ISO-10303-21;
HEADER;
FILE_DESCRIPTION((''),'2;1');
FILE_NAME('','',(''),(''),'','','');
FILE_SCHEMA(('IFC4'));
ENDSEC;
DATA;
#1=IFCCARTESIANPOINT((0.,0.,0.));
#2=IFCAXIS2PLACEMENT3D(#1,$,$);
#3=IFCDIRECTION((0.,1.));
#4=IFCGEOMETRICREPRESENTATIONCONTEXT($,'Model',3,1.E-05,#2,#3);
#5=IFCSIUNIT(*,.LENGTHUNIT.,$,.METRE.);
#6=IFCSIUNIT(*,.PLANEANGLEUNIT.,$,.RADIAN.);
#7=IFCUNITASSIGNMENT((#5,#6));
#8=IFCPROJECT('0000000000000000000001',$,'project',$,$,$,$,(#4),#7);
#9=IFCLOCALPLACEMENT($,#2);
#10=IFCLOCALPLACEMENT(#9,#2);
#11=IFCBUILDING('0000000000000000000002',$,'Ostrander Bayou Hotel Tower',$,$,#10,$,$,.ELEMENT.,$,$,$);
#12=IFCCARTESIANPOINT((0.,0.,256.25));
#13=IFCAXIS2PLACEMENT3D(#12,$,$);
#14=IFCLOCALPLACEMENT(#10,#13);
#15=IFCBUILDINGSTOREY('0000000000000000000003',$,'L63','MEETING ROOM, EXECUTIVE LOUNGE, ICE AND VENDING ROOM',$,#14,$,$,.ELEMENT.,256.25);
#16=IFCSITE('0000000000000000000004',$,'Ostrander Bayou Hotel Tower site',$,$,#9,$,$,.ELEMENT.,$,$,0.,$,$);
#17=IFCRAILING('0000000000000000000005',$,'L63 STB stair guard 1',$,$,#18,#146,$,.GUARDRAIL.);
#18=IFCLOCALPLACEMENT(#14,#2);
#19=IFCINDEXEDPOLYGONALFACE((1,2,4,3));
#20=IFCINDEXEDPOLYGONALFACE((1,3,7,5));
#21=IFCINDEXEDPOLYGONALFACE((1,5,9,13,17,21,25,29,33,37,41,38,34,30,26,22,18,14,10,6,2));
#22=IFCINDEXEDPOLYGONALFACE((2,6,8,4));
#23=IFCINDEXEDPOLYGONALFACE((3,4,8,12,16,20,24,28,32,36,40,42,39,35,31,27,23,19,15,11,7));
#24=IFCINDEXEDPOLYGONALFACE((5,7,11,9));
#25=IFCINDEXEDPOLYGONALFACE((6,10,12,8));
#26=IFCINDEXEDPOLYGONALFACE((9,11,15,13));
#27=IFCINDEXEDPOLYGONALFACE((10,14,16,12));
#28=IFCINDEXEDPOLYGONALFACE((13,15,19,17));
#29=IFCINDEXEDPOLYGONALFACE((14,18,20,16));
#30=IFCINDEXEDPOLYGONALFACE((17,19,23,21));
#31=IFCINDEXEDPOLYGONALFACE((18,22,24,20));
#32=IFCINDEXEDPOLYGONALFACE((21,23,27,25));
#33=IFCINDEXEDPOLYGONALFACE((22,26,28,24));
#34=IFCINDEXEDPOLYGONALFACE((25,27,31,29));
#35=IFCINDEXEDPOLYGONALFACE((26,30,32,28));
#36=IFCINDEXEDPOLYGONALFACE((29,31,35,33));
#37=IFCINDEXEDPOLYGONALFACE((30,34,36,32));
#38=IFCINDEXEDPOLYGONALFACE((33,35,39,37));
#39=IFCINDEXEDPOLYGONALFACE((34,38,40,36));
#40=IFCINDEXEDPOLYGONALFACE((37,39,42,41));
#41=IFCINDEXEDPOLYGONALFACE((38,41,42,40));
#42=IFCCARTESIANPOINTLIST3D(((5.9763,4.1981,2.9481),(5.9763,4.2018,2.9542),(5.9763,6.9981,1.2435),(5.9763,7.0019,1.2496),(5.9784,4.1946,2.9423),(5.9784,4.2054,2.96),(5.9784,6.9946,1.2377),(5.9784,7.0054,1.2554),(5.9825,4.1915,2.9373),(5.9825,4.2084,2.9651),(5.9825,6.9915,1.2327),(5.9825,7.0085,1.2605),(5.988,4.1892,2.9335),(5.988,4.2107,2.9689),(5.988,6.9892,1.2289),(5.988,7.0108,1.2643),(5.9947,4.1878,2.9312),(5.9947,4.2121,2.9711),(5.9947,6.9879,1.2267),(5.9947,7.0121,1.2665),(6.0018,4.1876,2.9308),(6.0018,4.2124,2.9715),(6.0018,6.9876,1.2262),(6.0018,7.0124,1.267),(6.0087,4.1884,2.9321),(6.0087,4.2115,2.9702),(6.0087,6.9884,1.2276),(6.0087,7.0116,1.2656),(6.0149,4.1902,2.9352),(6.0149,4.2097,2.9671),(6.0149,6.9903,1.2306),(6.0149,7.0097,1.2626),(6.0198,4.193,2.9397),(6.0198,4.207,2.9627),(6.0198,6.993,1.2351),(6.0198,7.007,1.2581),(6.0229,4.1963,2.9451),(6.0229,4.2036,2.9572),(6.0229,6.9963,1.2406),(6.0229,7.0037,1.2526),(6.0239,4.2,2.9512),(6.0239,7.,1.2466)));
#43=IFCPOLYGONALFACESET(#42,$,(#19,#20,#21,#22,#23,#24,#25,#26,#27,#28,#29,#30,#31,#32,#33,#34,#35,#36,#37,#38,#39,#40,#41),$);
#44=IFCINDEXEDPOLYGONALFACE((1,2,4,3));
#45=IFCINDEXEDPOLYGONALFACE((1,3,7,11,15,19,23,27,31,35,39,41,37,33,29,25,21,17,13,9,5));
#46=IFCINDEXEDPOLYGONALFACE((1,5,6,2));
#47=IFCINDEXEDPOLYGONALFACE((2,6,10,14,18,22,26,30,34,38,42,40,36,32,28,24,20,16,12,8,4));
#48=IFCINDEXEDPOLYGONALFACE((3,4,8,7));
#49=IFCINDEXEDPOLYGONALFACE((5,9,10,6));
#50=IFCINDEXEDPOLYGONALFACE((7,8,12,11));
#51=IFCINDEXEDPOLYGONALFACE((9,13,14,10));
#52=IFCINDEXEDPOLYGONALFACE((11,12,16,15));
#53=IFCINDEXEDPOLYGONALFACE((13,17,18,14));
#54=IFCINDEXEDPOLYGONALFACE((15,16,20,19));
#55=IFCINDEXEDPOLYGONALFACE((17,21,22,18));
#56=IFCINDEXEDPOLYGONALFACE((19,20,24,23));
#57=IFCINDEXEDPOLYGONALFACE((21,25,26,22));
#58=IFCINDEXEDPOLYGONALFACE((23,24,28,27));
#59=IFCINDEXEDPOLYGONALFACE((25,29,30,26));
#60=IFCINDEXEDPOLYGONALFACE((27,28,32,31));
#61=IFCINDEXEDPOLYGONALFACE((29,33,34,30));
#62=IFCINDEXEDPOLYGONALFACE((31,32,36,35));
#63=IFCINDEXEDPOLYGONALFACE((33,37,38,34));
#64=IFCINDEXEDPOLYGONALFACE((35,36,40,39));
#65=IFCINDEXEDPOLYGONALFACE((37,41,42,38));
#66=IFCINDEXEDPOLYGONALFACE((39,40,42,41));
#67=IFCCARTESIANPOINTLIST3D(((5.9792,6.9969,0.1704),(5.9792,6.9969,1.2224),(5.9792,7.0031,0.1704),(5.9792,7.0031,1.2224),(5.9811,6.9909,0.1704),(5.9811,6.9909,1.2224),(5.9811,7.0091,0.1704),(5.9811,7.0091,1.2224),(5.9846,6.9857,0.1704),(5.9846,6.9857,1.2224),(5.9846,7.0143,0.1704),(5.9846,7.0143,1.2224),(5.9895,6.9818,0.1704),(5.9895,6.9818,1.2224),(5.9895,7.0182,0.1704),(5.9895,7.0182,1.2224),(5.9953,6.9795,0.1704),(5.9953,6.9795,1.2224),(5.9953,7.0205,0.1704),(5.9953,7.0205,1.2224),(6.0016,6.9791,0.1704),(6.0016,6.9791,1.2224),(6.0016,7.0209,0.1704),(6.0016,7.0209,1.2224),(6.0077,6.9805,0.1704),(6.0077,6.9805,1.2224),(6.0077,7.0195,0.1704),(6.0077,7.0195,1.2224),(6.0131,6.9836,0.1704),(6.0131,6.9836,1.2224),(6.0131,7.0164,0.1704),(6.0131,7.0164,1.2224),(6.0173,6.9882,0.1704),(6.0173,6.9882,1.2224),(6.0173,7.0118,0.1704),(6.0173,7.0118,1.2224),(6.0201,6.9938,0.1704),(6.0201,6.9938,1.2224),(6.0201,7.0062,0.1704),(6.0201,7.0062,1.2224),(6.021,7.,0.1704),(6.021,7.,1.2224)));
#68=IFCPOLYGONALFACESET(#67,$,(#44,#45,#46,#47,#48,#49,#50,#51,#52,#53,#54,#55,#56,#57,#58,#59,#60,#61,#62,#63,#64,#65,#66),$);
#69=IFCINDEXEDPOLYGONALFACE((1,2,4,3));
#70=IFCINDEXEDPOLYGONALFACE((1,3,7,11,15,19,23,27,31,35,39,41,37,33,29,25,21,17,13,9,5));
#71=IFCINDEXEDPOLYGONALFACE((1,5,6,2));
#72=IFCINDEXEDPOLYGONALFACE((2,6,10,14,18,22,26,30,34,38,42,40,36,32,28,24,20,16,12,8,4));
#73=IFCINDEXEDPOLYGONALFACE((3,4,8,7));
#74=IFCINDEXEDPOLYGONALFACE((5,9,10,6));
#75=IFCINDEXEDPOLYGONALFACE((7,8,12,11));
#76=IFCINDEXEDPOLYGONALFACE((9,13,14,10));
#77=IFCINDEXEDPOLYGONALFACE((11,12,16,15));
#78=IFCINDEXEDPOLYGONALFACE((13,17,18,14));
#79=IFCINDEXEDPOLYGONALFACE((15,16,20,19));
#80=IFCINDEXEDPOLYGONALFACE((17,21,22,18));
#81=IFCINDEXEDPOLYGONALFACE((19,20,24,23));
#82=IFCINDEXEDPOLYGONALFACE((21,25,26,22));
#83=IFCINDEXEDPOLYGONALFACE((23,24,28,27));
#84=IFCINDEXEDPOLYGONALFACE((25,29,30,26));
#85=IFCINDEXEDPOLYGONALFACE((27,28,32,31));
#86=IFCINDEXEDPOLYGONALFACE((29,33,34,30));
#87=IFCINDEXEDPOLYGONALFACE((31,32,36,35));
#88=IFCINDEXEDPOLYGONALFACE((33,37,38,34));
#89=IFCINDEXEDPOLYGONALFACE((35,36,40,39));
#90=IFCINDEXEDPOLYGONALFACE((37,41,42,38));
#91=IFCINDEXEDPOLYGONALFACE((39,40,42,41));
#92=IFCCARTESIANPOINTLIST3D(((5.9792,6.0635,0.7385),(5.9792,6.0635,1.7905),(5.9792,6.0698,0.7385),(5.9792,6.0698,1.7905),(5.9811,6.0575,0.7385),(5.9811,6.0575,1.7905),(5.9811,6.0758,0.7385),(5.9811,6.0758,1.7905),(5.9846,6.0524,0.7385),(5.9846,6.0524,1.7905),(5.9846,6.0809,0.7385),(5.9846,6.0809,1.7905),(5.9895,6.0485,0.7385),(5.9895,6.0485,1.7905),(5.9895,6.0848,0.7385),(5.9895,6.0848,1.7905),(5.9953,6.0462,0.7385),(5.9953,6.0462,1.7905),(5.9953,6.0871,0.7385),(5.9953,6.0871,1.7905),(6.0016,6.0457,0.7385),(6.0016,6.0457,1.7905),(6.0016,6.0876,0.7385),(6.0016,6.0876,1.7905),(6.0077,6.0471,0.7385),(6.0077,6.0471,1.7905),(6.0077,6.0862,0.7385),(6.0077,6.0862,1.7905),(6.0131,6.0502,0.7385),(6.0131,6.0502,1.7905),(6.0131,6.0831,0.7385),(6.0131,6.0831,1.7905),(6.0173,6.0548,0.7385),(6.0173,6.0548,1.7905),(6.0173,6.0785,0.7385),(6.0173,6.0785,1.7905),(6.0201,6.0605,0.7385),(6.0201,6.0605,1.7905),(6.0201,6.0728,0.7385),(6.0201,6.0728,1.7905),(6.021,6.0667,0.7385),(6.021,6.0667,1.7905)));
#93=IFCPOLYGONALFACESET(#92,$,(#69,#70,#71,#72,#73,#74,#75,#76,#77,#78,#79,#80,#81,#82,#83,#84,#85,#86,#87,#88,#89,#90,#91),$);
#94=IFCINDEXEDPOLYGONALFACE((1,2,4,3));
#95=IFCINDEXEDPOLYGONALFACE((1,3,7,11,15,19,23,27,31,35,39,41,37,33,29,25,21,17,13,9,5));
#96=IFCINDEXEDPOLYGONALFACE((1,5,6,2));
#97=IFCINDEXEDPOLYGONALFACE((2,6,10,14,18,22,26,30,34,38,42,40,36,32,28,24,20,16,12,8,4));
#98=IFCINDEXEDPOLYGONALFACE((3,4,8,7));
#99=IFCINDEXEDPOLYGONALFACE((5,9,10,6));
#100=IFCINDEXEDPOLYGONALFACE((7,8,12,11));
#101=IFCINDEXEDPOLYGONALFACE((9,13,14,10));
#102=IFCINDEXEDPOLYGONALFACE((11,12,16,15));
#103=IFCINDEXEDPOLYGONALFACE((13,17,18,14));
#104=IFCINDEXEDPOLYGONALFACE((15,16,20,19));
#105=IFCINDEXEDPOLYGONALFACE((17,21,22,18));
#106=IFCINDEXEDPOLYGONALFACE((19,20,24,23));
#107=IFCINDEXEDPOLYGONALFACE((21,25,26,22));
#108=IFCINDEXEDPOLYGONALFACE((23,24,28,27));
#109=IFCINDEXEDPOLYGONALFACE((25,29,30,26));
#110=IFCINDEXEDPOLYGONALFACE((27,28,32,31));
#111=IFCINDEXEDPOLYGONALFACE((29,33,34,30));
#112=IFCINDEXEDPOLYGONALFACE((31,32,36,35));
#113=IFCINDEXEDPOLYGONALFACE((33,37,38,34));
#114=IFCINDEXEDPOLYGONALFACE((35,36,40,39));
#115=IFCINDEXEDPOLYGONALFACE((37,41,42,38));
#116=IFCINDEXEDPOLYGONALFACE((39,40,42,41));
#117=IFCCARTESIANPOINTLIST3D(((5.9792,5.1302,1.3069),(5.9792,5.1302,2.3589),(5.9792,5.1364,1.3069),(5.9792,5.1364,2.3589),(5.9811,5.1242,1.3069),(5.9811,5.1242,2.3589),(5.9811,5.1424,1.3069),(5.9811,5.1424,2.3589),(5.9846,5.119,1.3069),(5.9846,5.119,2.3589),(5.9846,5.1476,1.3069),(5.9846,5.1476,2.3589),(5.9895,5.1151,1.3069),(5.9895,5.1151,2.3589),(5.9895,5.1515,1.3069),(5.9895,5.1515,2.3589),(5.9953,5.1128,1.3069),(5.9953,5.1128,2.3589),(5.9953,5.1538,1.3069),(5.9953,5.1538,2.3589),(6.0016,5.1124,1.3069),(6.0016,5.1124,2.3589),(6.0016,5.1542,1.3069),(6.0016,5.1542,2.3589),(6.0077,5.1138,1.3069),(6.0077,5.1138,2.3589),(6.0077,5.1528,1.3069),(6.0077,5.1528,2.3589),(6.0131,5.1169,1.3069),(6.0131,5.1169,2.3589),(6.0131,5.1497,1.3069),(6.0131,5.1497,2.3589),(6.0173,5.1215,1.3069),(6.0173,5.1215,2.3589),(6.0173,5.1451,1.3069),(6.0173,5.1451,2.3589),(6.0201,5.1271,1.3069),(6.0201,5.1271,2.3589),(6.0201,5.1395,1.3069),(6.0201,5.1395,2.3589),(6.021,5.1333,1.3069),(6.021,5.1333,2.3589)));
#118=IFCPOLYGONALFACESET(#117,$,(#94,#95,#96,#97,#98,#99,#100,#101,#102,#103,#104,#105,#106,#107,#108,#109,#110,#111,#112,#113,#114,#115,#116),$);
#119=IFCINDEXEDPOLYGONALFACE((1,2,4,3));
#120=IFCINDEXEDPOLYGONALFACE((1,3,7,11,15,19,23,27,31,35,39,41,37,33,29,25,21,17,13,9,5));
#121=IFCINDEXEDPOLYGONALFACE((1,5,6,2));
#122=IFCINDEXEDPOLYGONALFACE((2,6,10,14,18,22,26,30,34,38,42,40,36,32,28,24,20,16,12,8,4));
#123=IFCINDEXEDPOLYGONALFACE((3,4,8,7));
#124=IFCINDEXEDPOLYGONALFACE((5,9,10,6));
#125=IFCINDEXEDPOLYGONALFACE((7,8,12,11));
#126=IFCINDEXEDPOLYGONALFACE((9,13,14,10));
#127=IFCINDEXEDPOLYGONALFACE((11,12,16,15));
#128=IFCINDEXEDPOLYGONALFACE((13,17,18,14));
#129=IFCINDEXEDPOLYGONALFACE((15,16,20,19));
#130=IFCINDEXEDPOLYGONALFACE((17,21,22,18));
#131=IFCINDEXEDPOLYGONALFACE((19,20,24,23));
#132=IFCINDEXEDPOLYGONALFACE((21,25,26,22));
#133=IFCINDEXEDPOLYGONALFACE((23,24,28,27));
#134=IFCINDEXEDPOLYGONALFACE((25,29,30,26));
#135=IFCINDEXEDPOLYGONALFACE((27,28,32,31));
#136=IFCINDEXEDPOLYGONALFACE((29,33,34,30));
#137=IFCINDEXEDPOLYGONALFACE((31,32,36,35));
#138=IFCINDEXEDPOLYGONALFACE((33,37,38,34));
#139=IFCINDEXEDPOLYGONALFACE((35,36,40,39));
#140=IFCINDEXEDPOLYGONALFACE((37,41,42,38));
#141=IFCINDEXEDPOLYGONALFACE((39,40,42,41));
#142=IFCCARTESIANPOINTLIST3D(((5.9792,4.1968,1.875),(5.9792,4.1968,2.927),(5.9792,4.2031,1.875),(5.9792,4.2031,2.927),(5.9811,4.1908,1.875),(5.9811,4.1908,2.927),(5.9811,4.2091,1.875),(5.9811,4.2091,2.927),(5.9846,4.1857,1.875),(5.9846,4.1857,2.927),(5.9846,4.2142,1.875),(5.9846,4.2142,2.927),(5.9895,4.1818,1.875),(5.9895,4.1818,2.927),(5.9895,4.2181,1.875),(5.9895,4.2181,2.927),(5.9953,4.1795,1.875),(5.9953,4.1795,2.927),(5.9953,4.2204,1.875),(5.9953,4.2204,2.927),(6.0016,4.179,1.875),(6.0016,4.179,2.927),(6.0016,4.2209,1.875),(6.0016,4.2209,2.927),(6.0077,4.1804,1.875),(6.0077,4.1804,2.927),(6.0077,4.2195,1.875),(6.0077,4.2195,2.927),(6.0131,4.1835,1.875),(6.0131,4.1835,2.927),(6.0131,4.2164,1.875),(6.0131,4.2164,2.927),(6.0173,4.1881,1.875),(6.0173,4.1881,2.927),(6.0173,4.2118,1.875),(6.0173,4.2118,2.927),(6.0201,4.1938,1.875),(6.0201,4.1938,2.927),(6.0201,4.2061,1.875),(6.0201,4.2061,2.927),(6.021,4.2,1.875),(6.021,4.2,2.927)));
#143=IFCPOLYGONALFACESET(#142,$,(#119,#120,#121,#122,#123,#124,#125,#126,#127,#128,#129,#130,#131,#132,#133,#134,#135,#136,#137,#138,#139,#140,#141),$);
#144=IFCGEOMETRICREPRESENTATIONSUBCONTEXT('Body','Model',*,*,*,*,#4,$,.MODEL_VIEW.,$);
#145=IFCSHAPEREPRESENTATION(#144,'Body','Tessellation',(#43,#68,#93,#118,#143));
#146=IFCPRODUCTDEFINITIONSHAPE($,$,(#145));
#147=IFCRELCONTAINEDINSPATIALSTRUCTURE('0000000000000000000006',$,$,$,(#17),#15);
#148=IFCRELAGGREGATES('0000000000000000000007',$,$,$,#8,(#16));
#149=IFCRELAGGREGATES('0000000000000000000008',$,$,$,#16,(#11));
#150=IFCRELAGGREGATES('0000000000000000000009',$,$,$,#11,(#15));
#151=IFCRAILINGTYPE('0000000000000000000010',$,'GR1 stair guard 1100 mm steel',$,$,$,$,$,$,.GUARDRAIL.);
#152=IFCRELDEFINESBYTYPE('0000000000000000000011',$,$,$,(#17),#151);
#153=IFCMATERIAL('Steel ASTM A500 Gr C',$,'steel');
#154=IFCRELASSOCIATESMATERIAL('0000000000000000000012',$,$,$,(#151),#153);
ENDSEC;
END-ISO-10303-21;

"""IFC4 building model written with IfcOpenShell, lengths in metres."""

from ifc_helpers import new_model, si_unit, direction, frame, origin, origin_2d, place, context, subcontext, project, spatial, circle, extrude, material, type_object, element, save


model = new_model("IFC4")

# Units and contexts
model_context = context("Model", 3, precision=1e-05, world=origin(), true_north=direction((0.0, 1.0)))
body_context = subcontext(model_context, "Body", "Model", "MODEL_VIEW")
ifc_project = project(units=[si_unit("LENGTHUNIT", "METRE"), si_unit("PLANEANGLEUNIT", "RADIAN")], contexts=[model_context])

# Site, building, storey
site_placement = place(None, origin())
site = spatial("IfcSite", under=ifc_project, at=site_placement, Name="Ostrander Bayou Hotel Tower site", CompositionType="ELEMENT", RefElevation=0.0)
building_placement = place(site_placement, origin())
building = spatial("IfcBuilding", under=site, at=building_placement, Name="Ostrander Bayou Hotel Tower", CompositionType="ELEMENT")
storey_placement = place(building_placement, frame((0.0, 0.0, 256.25)))
storey = spatial("IfcBuildingStorey", under=building, at=storey_placement, Name="L63", Description="MEETING ROOM, EXECUTIVE LOUNGE, ICE AND VENDING ROOM", CompositionType="ELEMENT", Elevation=256.25)

# Railing
ifc_material_1 = material(Name="Steel ASTM A500 Gr C", Category="steel")
railing_type_1 = type_object("IfcRailingType", Name="GR1 stair guard 1100 mm steel", PredefinedType="GUARDRAIL", material=ifc_material_1)
railing_1_placement = place(storey_placement, frame((6.0, 7.0, 0.1704)))
element("IfcRailing", 1, at=railing_1_placement, inside=storey, type_object=railing_type_1, Name="L63 STB stair guard 1", PredefinedType="GUARDRAIL", context=body_context, shape_type="SweptSolid", body=[
    extrude(circle(Radius=0.0239, at=origin_2d()), frame((0.0, 0.0, 1.0762), z_axis=(0.0, -0.85417, 0.519994), x_axis=(1.0, 0.0, 0.0)), (0.0, 0.0, 1.0), 3.2781),
    extrude(circle(Radius=0.021, at=origin_2d()), origin(), (0.0, 0.0, 1.0), 1.052),
    extrude(circle(Radius=0.021, at=origin_2d()), frame((0.0, -0.9333, 0.5681)), (0.0, 0.0, 1.0), 1.052),
    extrude(circle(Radius=0.021, at=origin_2d()), frame((0.0, -1.8667, 1.1365)), (0.0, 0.0, 1.0), 1.052),
    extrude(circle(Radius=0.021, at=origin_2d()), frame((0.0, -2.8, 1.7046)), (0.0, 0.0, 1.0), 1.052),
])

save(model, "model.ifc")
